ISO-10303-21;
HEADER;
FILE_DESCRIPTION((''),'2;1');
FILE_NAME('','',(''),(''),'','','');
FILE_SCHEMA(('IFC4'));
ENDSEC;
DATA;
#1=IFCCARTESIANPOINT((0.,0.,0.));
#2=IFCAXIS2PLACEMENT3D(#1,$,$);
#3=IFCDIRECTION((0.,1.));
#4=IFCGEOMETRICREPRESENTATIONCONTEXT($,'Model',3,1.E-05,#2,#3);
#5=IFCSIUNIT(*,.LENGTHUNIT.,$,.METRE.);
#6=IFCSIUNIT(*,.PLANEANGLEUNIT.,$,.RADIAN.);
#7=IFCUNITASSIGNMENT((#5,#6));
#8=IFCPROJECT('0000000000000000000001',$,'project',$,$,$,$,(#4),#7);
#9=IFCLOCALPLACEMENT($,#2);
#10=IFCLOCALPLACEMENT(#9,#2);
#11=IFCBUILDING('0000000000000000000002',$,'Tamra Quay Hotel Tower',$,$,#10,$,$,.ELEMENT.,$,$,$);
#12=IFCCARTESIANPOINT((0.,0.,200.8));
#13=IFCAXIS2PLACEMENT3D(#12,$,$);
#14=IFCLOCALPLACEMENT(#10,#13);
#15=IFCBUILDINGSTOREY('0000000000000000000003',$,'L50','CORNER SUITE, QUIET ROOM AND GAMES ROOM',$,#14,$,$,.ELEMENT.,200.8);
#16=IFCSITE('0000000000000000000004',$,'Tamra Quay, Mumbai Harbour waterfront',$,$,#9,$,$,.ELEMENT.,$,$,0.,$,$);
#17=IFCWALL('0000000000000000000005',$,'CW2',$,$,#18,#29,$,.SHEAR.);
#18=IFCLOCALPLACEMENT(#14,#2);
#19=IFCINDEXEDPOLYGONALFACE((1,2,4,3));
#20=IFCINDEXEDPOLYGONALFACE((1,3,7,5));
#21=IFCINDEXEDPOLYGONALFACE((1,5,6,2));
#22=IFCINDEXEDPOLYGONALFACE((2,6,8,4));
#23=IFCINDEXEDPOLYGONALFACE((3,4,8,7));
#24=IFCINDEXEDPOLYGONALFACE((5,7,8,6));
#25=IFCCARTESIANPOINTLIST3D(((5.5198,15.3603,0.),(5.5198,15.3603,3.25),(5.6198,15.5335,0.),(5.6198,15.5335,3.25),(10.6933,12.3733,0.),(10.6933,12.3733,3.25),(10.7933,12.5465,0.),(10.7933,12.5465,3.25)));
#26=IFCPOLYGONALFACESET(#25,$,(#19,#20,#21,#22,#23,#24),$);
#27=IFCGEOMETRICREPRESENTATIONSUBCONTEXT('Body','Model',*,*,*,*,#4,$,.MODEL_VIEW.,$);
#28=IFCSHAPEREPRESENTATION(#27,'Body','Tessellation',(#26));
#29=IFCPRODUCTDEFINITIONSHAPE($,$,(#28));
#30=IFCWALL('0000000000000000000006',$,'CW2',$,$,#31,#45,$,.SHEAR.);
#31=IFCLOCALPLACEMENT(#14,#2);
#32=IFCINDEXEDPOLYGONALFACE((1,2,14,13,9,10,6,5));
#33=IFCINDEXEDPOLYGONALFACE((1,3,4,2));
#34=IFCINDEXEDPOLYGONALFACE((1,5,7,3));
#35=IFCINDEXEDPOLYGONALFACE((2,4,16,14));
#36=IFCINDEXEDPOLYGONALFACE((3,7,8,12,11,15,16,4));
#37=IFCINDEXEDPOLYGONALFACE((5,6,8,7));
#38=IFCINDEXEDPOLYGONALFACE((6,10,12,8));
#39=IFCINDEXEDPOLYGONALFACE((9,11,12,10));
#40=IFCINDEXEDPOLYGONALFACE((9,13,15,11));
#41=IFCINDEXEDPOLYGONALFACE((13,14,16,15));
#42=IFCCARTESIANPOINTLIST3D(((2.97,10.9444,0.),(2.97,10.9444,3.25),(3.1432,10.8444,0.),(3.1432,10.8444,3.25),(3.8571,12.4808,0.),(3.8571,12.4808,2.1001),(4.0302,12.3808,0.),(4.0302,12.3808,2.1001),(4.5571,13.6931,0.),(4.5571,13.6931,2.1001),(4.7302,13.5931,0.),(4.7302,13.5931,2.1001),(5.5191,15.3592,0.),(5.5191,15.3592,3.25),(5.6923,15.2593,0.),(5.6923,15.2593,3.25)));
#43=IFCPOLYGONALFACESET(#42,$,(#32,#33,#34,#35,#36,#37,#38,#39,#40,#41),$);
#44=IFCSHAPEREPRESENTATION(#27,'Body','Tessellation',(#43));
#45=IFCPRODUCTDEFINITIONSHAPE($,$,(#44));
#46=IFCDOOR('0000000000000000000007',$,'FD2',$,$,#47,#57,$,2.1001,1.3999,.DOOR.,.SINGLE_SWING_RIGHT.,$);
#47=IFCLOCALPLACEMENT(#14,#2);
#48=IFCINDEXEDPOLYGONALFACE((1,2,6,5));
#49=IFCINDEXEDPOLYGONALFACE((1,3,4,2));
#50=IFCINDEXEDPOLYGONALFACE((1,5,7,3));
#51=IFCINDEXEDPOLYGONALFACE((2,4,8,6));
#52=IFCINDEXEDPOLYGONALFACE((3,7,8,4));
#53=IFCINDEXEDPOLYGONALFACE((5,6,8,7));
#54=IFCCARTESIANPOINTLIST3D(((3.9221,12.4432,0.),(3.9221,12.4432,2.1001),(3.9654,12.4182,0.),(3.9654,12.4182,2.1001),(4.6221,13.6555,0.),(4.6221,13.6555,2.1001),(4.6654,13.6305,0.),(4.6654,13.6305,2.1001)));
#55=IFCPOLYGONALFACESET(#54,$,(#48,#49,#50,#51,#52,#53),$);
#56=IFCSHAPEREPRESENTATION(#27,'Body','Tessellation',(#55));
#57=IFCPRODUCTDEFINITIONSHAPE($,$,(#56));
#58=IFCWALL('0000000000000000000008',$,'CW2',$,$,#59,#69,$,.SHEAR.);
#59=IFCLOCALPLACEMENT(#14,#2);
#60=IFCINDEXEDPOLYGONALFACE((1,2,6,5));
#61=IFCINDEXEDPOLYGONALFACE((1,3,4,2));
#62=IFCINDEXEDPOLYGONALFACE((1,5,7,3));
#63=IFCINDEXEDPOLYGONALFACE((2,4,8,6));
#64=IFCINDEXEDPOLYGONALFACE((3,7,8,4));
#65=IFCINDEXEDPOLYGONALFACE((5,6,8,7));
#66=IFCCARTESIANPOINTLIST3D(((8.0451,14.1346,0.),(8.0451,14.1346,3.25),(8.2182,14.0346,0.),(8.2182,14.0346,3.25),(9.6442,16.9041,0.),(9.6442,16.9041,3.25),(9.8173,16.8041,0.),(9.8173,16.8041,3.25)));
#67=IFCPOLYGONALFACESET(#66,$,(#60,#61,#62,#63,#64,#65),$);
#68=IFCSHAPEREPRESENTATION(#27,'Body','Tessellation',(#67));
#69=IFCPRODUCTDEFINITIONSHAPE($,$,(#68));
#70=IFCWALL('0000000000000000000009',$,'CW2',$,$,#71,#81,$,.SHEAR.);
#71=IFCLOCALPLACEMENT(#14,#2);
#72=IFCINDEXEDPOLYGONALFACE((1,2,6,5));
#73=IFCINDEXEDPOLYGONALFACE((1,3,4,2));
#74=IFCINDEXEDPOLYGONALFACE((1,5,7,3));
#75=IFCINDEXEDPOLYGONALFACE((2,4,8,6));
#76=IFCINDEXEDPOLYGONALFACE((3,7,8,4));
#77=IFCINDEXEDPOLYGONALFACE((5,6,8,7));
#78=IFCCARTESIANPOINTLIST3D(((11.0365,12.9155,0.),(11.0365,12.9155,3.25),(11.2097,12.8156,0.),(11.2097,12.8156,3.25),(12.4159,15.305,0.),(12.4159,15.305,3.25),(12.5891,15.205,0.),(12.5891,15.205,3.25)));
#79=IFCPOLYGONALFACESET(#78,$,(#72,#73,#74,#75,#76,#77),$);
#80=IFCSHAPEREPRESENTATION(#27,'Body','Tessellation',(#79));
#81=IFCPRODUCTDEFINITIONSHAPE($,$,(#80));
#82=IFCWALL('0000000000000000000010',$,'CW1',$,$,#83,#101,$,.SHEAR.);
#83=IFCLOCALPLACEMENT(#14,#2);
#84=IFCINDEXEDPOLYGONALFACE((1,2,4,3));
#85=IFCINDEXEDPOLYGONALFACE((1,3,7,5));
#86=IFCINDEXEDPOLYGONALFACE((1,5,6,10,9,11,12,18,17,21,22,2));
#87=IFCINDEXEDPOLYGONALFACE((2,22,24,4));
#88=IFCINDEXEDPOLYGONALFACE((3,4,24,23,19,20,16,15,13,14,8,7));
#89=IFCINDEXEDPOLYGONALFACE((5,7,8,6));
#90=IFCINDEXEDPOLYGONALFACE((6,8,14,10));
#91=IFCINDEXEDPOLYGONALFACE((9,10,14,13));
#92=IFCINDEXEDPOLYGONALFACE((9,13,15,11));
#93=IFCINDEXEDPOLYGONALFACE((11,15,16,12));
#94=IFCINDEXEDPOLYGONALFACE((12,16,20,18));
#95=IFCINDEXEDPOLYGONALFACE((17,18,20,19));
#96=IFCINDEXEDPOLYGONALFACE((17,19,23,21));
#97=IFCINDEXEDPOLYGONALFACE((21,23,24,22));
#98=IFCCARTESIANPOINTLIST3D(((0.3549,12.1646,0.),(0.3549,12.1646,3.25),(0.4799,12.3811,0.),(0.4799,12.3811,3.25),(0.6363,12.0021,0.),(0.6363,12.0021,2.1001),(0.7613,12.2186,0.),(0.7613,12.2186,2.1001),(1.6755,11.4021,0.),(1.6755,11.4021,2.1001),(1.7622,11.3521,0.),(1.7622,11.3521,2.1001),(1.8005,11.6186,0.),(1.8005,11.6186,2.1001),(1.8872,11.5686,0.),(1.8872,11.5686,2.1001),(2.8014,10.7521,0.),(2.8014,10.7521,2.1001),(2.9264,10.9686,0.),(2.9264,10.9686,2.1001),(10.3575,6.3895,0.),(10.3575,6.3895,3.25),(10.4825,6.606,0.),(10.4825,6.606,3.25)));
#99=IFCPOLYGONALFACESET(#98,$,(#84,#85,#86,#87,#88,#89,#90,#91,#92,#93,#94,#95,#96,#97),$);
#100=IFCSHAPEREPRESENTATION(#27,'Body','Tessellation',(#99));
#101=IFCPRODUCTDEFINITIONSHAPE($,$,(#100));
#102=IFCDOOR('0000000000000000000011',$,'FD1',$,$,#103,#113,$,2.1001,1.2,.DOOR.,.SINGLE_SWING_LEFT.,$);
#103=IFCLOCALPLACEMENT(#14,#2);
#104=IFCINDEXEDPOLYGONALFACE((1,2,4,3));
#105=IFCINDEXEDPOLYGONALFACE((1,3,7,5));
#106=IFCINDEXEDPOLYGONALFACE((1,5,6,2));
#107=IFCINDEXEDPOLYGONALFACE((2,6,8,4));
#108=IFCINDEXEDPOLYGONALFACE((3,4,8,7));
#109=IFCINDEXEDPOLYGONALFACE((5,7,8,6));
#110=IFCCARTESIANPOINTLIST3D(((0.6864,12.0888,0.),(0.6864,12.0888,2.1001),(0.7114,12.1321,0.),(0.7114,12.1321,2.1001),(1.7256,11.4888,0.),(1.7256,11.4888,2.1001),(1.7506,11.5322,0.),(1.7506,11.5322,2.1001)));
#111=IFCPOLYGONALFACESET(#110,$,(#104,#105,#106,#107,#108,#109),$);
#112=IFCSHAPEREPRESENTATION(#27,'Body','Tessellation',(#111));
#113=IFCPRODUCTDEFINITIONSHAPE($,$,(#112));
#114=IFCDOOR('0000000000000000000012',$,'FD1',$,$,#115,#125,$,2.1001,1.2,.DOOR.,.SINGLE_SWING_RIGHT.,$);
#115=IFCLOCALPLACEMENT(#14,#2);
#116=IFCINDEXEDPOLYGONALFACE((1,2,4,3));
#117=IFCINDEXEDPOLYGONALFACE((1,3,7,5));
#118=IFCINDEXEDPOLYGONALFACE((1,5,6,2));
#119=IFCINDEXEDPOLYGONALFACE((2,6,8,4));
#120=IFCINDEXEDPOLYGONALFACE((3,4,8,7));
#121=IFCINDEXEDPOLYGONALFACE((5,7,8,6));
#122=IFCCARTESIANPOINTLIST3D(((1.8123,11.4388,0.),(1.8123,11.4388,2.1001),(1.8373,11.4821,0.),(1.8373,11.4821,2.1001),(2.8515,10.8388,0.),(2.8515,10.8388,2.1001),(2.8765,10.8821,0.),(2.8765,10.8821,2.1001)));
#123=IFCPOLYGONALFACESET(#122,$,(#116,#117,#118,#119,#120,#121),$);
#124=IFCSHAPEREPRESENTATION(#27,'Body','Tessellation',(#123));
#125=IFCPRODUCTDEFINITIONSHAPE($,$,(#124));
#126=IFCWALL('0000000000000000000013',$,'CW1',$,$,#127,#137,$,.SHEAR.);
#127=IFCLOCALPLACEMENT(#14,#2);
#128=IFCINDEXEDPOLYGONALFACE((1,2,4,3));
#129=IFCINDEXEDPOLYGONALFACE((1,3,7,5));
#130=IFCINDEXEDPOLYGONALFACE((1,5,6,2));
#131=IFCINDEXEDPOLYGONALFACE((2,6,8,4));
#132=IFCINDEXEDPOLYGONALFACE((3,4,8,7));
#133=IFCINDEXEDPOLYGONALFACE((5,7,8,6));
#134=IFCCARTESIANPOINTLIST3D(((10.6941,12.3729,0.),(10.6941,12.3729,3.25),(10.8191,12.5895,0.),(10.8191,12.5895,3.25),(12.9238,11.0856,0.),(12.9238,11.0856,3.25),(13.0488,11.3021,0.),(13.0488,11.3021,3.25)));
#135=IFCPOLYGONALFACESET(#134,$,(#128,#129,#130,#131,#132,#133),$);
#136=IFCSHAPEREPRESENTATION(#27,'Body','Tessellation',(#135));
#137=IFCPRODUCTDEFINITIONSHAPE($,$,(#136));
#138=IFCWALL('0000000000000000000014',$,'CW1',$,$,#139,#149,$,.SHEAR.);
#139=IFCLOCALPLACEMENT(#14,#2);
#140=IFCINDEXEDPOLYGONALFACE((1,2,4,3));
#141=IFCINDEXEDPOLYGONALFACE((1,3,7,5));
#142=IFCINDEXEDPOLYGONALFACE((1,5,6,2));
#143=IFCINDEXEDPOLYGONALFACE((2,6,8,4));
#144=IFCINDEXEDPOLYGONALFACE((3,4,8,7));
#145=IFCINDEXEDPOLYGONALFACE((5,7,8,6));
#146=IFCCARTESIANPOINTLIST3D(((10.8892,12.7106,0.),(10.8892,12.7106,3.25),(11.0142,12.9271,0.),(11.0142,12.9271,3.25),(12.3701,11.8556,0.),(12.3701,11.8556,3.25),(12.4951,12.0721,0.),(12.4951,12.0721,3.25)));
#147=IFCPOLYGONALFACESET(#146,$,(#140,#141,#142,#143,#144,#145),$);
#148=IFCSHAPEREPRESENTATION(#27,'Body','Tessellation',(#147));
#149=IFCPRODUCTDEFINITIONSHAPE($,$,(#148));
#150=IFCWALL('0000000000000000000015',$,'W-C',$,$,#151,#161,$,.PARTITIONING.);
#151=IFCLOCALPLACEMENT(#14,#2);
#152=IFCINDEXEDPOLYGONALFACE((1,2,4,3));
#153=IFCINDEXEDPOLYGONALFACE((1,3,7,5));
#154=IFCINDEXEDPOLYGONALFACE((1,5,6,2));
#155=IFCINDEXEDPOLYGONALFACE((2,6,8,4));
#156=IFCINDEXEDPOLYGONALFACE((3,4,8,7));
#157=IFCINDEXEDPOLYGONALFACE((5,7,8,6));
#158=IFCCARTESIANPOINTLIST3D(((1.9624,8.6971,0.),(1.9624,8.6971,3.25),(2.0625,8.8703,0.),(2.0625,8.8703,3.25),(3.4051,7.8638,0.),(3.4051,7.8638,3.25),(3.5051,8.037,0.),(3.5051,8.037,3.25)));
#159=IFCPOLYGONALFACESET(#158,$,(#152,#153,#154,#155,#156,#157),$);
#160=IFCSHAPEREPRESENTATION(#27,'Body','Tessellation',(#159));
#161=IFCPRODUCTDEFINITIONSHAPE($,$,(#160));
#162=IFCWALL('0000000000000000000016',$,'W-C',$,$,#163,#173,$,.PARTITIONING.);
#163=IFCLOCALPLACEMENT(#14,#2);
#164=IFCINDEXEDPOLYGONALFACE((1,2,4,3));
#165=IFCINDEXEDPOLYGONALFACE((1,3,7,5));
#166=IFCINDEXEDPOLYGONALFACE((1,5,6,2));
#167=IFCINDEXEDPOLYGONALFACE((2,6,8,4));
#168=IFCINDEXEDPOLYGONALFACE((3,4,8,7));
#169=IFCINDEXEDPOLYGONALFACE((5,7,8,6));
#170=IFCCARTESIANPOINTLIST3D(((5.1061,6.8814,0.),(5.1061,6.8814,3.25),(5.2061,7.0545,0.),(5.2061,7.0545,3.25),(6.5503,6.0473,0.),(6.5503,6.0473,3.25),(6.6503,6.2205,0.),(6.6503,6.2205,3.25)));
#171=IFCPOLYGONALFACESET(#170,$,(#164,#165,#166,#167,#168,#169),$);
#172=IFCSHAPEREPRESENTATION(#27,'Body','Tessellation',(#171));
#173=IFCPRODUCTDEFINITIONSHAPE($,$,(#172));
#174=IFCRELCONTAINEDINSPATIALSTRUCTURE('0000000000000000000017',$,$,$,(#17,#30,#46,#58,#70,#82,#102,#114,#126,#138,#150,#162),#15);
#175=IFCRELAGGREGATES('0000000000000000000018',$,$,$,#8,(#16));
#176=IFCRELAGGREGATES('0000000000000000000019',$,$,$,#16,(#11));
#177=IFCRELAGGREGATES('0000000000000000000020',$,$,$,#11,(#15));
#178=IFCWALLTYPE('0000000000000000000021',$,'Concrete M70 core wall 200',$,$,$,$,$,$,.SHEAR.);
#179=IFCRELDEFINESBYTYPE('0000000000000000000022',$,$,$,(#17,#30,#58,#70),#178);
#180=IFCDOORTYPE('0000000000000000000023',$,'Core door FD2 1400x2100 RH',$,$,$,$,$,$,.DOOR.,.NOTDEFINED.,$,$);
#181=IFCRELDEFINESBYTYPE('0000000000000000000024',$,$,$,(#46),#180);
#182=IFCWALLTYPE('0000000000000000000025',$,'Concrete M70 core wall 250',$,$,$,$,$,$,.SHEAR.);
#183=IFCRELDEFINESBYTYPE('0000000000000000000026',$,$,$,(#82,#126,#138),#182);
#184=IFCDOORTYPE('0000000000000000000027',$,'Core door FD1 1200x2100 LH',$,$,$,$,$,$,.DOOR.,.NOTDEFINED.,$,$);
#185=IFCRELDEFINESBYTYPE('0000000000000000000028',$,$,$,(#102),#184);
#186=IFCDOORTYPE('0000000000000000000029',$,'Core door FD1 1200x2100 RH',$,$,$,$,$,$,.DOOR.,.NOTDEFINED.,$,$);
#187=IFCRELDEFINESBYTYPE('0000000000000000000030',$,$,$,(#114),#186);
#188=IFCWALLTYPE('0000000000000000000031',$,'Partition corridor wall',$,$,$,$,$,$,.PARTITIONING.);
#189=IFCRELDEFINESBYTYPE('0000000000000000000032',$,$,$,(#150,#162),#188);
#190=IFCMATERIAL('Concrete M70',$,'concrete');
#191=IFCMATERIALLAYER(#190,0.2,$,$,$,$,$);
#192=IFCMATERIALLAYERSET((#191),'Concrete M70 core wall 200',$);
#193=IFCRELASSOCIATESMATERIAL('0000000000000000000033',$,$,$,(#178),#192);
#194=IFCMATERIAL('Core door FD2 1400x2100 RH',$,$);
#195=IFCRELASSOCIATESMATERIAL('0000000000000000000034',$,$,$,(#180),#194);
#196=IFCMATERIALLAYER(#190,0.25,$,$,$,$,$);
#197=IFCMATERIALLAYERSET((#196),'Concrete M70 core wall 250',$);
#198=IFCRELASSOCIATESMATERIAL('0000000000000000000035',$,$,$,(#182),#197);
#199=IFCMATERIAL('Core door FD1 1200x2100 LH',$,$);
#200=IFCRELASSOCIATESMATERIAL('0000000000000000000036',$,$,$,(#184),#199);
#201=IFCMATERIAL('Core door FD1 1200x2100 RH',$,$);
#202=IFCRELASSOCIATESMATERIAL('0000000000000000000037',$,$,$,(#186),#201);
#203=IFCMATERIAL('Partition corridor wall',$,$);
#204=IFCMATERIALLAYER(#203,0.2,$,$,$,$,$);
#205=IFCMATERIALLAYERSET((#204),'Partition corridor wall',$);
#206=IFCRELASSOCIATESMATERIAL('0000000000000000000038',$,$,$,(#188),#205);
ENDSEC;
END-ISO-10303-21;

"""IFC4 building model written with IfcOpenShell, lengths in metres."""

from ifc_helpers import new_model, si_unit, direction, frame, frame_2d, origin, place, context, subcontext, project, spatial, rectangle, extrude, material, layer, layer_set, type_object, element, fill, save


model = new_model("IFC4")

# Units and contexts
model_context = context("Model", 3, precision=1e-05, world=origin(), true_north=direction((0.0, 1.0)))
body_context = subcontext(model_context, "Body", "Model", "MODEL_VIEW")
ifc_project = project(units=[si_unit("LENGTHUNIT", "METRE"), si_unit("PLANEANGLEUNIT", "RADIAN")], contexts=[model_context])

# Site, building, storey
site_placement = place(None, origin())
site = spatial("IfcSite", under=ifc_project, at=site_placement, Name="Tamra Quay, Mumbai Harbour waterfront", CompositionType="ELEMENT", RefElevation=0.0)
building_placement = place(site_placement, origin())
building = spatial("IfcBuilding", under=site, at=building_placement, Name="Tamra Quay Hotel Tower", CompositionType="ELEMENT")
storey_placement = place(building_placement, frame((0.0, 0.0, 200.8)))
storey = spatial("IfcBuildingStorey", under=building, at=storey_placement, Name="L50", Description="CORNER SUITE, QUIET ROOM AND GAMES ROOM", CompositionType="ELEMENT", Elevation=200.8)

# Wall
ifc_material_1 = material(Name="Concrete M70", Category="concrete")
ifc_layer_1 = layer(ifc_material_1, 0.2)
ifc_layer_set_1 = layer_set([ifc_layer_1], Name="Concrete M70 core wall 200")
wall_type_1 = type_object("IfcWallType", Name="Concrete M70 core wall 200", PredefinedType="SHEAR", material=ifc_layer_set_1)
wall_1_placement = place(storey_placement, frame((10.7432, 12.46, 0.0), z_axis=(0.0, 0.0, 1.0), x_axis=(-0.866019, 0.500011, 0.0)))
element("IfcWall", 1, at=wall_1_placement, inside=storey, type_object=wall_type_1, Name="CW2", PredefinedType="SHEAR", context=body_context, shape_type="SweptSolid", body=[
    extrude(rectangle(XDim=5.9739, YDim=0.2, at=frame_2d((2.9868, 0.0))), origin(), (0.0, 0.0, 1.0), 3.25),
])

# Wall, opening, door
wall_2_placement = place(storey_placement, frame((3.0566, 10.8945, 0.0), z_axis=(0.0, 0.0, 1.0), x_axis=(0.500028, 0.866009, 0.0)))
wall_2 = element("IfcWall", 2, at=wall_2_placement, inside=storey, type_object=wall_type_1, Name="CW2", PredefinedType="SHEAR", context=body_context, shape_type="SweptSolid", body=[
    extrude(rectangle(XDim=5.0979, YDim=0.2, at=frame_2d((2.5488, 0.0))), origin(), (0.0, 0.0, 1.0), 3.25),
])
opening_1_placement = place(wall_2_placement, frame((1.7739, 0.0, 0.0)))
opening_1 = element("IfcOpeningElement", 3, at=opening_1_placement, cuts=wall_2, PredefinedType="OPENING", context=body_context, shape_type="SweptSolid", body=[
    extrude(rectangle(XDim=1.3999, YDim=2.1001, at=frame_2d((0.7, 1.05))), frame((0.0, 0.1099, 0.0), z_axis=(0.0, -1.0, 0.0), x_axis=(1.0, 0.0, 0.0)), (0.0, 0.0, 1.0), 0.22),
])
ifc_material_2 = material(Name="Core door FD2 1400x2100 RH")
door_type_1 = type_object("IfcDoorType", Name="Core door FD2 1400x2100 RH", OperationType="NOTDEFINED", PredefinedType="DOOR", material=ifc_material_2)
door_1_placement = place(opening_1_placement, origin())
door_1 = element("IfcDoor", 4, at=door_1_placement, inside=storey, type_object=door_type_1, Name="FD2", OperationType="SINGLE_SWING_RIGHT", OverallHeight=2.1001, OverallWidth=1.3999, PredefinedType="DOOR", context=body_context, shape_type="SweptSolid", body=[
    extrude(rectangle(XDim=1.3999, YDim=2.1001, at=frame_2d((0.7, 1.05))), frame((0.0, 0.0249, 0.0), z_axis=(0.0, -1.0, 0.0), x_axis=(1.0, 0.0, 0.0)), (0.0, 0.0, 1.0), 0.05),
])
fill(opening_1, door_1)

# Walls
wall_3_placement = place(storey_placement, frame((8.1316, 14.0845, 0.0), z_axis=(0.0, 0.0, 1.0), x_axis=(0.500031, 0.866008, 0.0)))
element("IfcWall", 5, at=wall_3_placement, inside=storey, type_object=wall_type_1, Name="CW2", PredefinedType="SHEAR", context=body_context, shape_type="SweptSolid", body=[
    extrude(rectangle(XDim=3.198, YDim=0.2, at=frame_2d((1.5991, 0.0))), origin(), (0.0, 0.0, 1.0), 3.25),
])
wall_4_placement = place(storey_placement, frame((12.5024, 15.2549, 0.0), z_axis=(0.0, 0.0, 1.0), x_axis=(-0.499965, -0.866046, 0.0)))
element("IfcWall", 6, at=wall_4_placement, inside=storey, type_object=wall_type_1, Name="CW2", PredefinedType="SHEAR", context=body_context, shape_type="SweptSolid", body=[
    extrude(rectangle(XDim=2.759, YDim=0.2, at=frame_2d((1.3794, 0.0))), origin(), (0.0, 0.0, 1.0), 3.25),
])

# Wall, openings, doors
ifc_layer_2 = layer(ifc_material_1, 0.25)
ifc_layer_set_2 = layer_set([ifc_layer_2], Name="Concrete M70 core wall 250")
wall_type_2 = type_object("IfcWallType", Name="Concrete M70 core wall 250", PredefinedType="SHEAR", material=ifc_layer_set_2)
wall_5_placement = place(storey_placement, frame((10.4199, 6.4978, 0.0), z_axis=(0.0, 0.0, 1.0), x_axis=(-0.866022, 0.500006, 0.0)))
wall_5 = element("IfcWall", 7, at=wall_5_placement, inside=storey, type_object=wall_type_2, Name="CW1", PredefinedType="SHEAR", context=body_context, shape_type="SweptSolid", body=[
    extrude(rectangle(XDim=11.55, YDim=0.25, at=frame_2d((5.7749, 0.0))), origin(), (0.0, 0.0, 1.0), 3.25),
])
opening_2_placement = place(wall_5_placement, frame((10.0249, 0.0, 0.0)))
opening_2 = element("IfcOpeningElement", 8, at=opening_2_placement, cuts=wall_5, PredefinedType="OPENING", context=body_context, shape_type="SweptSolid", body=[
    extrude(rectangle(XDim=1.2, YDim=2.1001, at=frame_2d((0.6001, 1.05))), frame((0.0, 0.135, 0.0), z_axis=(0.0, -1.0, 0.0), x_axis=(1.0, 0.0, 0.0)), (0.0, 0.0, 1.0), 0.27),
])
opening_3_placement = place(wall_5_placement, frame((8.7249, 0.0, 0.0)))
opening_3 = element("IfcOpeningElement", 9, at=opening_3_placement, cuts=wall_5, PredefinedType="OPENING", context=body_context, shape_type="SweptSolid", body=[
    extrude(rectangle(XDim=1.2, YDim=2.1001, at=frame_2d((0.6001, 1.05))), frame((0.0, 0.135, 0.0), z_axis=(0.0, -1.0, 0.0), x_axis=(1.0, 0.0, 0.0)), (0.0, 0.0, 1.0), 0.27),
])
ifc_material_3 = material(Name="Core door FD1 1200x2100 LH")
door_type_2 = type_object("IfcDoorType", Name="Core door FD1 1200x2100 LH", OperationType="NOTDEFINED", PredefinedType="DOOR", material=ifc_material_3)
door_2_placement = place(opening_2_placement, origin())
door_2 = element("IfcDoor", 10, at=door_2_placement, inside=storey, type_object=door_type_2, Name="FD1", OperationType="SINGLE_SWING_LEFT", OverallHeight=2.1001, OverallWidth=1.2, PredefinedType="DOOR", context=body_context, shape_type="SweptSolid", body=[
    extrude(rectangle(XDim=1.2, YDim=2.1001, at=frame_2d((0.6001, 1.05))), frame((0.0, 0.0249, 0.0), z_axis=(0.0, -1.0, 0.0), x_axis=(1.0, 0.0, 0.0)), (0.0, 0.0, 1.0), 0.05),
])
fill(opening_2, door_2)
ifc_material_4 = material(Name="Core door FD1 1200x2100 RH")
door_type_3 = type_object("IfcDoorType", Name="Core door FD1 1200x2100 RH", OperationType="NOTDEFINED", PredefinedType="DOOR", material=ifc_material_4)
door_3_placement = place(opening_3_placement, origin())
door_3 = element("IfcDoor", 11, at=door_3_placement, inside=storey, type_object=door_type_3, Name="FD1", OperationType="SINGLE_SWING_RIGHT", OverallHeight=2.1001, OverallWidth=1.2, PredefinedType="DOOR", context=body_context, shape_type="SweptSolid", body=[
    extrude(rectangle(XDim=1.2, YDim=2.1001, at=frame_2d((0.6001, 1.05))), frame((0.0, 0.0249, 0.0), z_axis=(0.0, -1.0, 0.0), x_axis=(1.0, 0.0, 0.0)), (0.0, 0.0, 1.0), 0.05),
])
fill(opening_3, door_3)

# Walls
wall_6_placement = place(storey_placement, frame((10.7566, 12.4812, 0.0), z_axis=(0.0, 0.0, 1.0), x_axis=(0.866023, -0.500004, 0.0)))
element("IfcWall", 12, at=wall_6_placement, inside=storey, type_object=wall_type_2, Name="CW1", PredefinedType="SHEAR", context=body_context, shape_type="SweptSolid", body=[
    extrude(rectangle(XDim=2.5747, YDim=0.25, at=frame_2d((1.2874, 0.0))), origin(), (0.0, 0.0, 1.0), 3.25),
])
wall_7_placement = place(storey_placement, frame((12.4326, 11.9639, 0.0), z_axis=(0.0, 0.0, 1.0), x_axis=(-0.866038, 0.499978, 0.0)))
element("IfcWall", 13, at=wall_7_placement, inside=storey, type_object=wall_type_2, Name="CW1", PredefinedType="SHEAR", context=body_context, shape_type="SweptSolid", body=[
    extrude(rectangle(XDim=1.71, YDim=0.25, at=frame_2d((0.855, 0.0))), origin(), (0.0, 0.0, 1.0), 3.25),
])
ifc_material_5 = material(Name="Partition corridor wall")
ifc_layer_3 = layer(ifc_material_5, 0.2)
ifc_layer_set_3 = layer_set([ifc_layer_3], Name="Partition corridor wall")
wall_type_3 = type_object("IfcWallType", Name="Partition corridor wall", PredefinedType="PARTITIONING", material=ifc_layer_set_3)
wall_8_placement = place(storey_placement, frame((2.0125, 8.7837, 0.0), z_axis=(0.0, 0.0, 1.0), x_axis=(0.865934, -0.500158, 0.0)))
element("IfcWall", 14, at=wall_8_placement, inside=storey, type_object=wall_type_3, Name="W-C", PredefinedType="PARTITIONING", context=body_context, shape_type="SweptSolid", body=[
    extrude(rectangle(XDim=1.666, YDim=0.2, at=frame_2d((0.833, 0.0))), origin(), (0.0, 0.0, 1.0), 3.25),
])
wall_9_placement = place(storey_placement, frame((5.156, 6.968, 0.0), z_axis=(0.0, 0.0, 1.0), x_axis=(0.865964, -0.500107, 0.0)))
element("IfcWall", 15, at=wall_9_placement, inside=storey, type_object=wall_type_3, Name="W-C", PredefinedType="PARTITIONING", context=body_context, shape_type="SweptSolid", body=[
    extrude(rectangle(XDim=1.6677, YDim=0.2, at=frame_2d((0.834, 0.0))), origin(), (0.0, 0.0, 1.0), 3.25),
])

save(model, "model.ifc")
